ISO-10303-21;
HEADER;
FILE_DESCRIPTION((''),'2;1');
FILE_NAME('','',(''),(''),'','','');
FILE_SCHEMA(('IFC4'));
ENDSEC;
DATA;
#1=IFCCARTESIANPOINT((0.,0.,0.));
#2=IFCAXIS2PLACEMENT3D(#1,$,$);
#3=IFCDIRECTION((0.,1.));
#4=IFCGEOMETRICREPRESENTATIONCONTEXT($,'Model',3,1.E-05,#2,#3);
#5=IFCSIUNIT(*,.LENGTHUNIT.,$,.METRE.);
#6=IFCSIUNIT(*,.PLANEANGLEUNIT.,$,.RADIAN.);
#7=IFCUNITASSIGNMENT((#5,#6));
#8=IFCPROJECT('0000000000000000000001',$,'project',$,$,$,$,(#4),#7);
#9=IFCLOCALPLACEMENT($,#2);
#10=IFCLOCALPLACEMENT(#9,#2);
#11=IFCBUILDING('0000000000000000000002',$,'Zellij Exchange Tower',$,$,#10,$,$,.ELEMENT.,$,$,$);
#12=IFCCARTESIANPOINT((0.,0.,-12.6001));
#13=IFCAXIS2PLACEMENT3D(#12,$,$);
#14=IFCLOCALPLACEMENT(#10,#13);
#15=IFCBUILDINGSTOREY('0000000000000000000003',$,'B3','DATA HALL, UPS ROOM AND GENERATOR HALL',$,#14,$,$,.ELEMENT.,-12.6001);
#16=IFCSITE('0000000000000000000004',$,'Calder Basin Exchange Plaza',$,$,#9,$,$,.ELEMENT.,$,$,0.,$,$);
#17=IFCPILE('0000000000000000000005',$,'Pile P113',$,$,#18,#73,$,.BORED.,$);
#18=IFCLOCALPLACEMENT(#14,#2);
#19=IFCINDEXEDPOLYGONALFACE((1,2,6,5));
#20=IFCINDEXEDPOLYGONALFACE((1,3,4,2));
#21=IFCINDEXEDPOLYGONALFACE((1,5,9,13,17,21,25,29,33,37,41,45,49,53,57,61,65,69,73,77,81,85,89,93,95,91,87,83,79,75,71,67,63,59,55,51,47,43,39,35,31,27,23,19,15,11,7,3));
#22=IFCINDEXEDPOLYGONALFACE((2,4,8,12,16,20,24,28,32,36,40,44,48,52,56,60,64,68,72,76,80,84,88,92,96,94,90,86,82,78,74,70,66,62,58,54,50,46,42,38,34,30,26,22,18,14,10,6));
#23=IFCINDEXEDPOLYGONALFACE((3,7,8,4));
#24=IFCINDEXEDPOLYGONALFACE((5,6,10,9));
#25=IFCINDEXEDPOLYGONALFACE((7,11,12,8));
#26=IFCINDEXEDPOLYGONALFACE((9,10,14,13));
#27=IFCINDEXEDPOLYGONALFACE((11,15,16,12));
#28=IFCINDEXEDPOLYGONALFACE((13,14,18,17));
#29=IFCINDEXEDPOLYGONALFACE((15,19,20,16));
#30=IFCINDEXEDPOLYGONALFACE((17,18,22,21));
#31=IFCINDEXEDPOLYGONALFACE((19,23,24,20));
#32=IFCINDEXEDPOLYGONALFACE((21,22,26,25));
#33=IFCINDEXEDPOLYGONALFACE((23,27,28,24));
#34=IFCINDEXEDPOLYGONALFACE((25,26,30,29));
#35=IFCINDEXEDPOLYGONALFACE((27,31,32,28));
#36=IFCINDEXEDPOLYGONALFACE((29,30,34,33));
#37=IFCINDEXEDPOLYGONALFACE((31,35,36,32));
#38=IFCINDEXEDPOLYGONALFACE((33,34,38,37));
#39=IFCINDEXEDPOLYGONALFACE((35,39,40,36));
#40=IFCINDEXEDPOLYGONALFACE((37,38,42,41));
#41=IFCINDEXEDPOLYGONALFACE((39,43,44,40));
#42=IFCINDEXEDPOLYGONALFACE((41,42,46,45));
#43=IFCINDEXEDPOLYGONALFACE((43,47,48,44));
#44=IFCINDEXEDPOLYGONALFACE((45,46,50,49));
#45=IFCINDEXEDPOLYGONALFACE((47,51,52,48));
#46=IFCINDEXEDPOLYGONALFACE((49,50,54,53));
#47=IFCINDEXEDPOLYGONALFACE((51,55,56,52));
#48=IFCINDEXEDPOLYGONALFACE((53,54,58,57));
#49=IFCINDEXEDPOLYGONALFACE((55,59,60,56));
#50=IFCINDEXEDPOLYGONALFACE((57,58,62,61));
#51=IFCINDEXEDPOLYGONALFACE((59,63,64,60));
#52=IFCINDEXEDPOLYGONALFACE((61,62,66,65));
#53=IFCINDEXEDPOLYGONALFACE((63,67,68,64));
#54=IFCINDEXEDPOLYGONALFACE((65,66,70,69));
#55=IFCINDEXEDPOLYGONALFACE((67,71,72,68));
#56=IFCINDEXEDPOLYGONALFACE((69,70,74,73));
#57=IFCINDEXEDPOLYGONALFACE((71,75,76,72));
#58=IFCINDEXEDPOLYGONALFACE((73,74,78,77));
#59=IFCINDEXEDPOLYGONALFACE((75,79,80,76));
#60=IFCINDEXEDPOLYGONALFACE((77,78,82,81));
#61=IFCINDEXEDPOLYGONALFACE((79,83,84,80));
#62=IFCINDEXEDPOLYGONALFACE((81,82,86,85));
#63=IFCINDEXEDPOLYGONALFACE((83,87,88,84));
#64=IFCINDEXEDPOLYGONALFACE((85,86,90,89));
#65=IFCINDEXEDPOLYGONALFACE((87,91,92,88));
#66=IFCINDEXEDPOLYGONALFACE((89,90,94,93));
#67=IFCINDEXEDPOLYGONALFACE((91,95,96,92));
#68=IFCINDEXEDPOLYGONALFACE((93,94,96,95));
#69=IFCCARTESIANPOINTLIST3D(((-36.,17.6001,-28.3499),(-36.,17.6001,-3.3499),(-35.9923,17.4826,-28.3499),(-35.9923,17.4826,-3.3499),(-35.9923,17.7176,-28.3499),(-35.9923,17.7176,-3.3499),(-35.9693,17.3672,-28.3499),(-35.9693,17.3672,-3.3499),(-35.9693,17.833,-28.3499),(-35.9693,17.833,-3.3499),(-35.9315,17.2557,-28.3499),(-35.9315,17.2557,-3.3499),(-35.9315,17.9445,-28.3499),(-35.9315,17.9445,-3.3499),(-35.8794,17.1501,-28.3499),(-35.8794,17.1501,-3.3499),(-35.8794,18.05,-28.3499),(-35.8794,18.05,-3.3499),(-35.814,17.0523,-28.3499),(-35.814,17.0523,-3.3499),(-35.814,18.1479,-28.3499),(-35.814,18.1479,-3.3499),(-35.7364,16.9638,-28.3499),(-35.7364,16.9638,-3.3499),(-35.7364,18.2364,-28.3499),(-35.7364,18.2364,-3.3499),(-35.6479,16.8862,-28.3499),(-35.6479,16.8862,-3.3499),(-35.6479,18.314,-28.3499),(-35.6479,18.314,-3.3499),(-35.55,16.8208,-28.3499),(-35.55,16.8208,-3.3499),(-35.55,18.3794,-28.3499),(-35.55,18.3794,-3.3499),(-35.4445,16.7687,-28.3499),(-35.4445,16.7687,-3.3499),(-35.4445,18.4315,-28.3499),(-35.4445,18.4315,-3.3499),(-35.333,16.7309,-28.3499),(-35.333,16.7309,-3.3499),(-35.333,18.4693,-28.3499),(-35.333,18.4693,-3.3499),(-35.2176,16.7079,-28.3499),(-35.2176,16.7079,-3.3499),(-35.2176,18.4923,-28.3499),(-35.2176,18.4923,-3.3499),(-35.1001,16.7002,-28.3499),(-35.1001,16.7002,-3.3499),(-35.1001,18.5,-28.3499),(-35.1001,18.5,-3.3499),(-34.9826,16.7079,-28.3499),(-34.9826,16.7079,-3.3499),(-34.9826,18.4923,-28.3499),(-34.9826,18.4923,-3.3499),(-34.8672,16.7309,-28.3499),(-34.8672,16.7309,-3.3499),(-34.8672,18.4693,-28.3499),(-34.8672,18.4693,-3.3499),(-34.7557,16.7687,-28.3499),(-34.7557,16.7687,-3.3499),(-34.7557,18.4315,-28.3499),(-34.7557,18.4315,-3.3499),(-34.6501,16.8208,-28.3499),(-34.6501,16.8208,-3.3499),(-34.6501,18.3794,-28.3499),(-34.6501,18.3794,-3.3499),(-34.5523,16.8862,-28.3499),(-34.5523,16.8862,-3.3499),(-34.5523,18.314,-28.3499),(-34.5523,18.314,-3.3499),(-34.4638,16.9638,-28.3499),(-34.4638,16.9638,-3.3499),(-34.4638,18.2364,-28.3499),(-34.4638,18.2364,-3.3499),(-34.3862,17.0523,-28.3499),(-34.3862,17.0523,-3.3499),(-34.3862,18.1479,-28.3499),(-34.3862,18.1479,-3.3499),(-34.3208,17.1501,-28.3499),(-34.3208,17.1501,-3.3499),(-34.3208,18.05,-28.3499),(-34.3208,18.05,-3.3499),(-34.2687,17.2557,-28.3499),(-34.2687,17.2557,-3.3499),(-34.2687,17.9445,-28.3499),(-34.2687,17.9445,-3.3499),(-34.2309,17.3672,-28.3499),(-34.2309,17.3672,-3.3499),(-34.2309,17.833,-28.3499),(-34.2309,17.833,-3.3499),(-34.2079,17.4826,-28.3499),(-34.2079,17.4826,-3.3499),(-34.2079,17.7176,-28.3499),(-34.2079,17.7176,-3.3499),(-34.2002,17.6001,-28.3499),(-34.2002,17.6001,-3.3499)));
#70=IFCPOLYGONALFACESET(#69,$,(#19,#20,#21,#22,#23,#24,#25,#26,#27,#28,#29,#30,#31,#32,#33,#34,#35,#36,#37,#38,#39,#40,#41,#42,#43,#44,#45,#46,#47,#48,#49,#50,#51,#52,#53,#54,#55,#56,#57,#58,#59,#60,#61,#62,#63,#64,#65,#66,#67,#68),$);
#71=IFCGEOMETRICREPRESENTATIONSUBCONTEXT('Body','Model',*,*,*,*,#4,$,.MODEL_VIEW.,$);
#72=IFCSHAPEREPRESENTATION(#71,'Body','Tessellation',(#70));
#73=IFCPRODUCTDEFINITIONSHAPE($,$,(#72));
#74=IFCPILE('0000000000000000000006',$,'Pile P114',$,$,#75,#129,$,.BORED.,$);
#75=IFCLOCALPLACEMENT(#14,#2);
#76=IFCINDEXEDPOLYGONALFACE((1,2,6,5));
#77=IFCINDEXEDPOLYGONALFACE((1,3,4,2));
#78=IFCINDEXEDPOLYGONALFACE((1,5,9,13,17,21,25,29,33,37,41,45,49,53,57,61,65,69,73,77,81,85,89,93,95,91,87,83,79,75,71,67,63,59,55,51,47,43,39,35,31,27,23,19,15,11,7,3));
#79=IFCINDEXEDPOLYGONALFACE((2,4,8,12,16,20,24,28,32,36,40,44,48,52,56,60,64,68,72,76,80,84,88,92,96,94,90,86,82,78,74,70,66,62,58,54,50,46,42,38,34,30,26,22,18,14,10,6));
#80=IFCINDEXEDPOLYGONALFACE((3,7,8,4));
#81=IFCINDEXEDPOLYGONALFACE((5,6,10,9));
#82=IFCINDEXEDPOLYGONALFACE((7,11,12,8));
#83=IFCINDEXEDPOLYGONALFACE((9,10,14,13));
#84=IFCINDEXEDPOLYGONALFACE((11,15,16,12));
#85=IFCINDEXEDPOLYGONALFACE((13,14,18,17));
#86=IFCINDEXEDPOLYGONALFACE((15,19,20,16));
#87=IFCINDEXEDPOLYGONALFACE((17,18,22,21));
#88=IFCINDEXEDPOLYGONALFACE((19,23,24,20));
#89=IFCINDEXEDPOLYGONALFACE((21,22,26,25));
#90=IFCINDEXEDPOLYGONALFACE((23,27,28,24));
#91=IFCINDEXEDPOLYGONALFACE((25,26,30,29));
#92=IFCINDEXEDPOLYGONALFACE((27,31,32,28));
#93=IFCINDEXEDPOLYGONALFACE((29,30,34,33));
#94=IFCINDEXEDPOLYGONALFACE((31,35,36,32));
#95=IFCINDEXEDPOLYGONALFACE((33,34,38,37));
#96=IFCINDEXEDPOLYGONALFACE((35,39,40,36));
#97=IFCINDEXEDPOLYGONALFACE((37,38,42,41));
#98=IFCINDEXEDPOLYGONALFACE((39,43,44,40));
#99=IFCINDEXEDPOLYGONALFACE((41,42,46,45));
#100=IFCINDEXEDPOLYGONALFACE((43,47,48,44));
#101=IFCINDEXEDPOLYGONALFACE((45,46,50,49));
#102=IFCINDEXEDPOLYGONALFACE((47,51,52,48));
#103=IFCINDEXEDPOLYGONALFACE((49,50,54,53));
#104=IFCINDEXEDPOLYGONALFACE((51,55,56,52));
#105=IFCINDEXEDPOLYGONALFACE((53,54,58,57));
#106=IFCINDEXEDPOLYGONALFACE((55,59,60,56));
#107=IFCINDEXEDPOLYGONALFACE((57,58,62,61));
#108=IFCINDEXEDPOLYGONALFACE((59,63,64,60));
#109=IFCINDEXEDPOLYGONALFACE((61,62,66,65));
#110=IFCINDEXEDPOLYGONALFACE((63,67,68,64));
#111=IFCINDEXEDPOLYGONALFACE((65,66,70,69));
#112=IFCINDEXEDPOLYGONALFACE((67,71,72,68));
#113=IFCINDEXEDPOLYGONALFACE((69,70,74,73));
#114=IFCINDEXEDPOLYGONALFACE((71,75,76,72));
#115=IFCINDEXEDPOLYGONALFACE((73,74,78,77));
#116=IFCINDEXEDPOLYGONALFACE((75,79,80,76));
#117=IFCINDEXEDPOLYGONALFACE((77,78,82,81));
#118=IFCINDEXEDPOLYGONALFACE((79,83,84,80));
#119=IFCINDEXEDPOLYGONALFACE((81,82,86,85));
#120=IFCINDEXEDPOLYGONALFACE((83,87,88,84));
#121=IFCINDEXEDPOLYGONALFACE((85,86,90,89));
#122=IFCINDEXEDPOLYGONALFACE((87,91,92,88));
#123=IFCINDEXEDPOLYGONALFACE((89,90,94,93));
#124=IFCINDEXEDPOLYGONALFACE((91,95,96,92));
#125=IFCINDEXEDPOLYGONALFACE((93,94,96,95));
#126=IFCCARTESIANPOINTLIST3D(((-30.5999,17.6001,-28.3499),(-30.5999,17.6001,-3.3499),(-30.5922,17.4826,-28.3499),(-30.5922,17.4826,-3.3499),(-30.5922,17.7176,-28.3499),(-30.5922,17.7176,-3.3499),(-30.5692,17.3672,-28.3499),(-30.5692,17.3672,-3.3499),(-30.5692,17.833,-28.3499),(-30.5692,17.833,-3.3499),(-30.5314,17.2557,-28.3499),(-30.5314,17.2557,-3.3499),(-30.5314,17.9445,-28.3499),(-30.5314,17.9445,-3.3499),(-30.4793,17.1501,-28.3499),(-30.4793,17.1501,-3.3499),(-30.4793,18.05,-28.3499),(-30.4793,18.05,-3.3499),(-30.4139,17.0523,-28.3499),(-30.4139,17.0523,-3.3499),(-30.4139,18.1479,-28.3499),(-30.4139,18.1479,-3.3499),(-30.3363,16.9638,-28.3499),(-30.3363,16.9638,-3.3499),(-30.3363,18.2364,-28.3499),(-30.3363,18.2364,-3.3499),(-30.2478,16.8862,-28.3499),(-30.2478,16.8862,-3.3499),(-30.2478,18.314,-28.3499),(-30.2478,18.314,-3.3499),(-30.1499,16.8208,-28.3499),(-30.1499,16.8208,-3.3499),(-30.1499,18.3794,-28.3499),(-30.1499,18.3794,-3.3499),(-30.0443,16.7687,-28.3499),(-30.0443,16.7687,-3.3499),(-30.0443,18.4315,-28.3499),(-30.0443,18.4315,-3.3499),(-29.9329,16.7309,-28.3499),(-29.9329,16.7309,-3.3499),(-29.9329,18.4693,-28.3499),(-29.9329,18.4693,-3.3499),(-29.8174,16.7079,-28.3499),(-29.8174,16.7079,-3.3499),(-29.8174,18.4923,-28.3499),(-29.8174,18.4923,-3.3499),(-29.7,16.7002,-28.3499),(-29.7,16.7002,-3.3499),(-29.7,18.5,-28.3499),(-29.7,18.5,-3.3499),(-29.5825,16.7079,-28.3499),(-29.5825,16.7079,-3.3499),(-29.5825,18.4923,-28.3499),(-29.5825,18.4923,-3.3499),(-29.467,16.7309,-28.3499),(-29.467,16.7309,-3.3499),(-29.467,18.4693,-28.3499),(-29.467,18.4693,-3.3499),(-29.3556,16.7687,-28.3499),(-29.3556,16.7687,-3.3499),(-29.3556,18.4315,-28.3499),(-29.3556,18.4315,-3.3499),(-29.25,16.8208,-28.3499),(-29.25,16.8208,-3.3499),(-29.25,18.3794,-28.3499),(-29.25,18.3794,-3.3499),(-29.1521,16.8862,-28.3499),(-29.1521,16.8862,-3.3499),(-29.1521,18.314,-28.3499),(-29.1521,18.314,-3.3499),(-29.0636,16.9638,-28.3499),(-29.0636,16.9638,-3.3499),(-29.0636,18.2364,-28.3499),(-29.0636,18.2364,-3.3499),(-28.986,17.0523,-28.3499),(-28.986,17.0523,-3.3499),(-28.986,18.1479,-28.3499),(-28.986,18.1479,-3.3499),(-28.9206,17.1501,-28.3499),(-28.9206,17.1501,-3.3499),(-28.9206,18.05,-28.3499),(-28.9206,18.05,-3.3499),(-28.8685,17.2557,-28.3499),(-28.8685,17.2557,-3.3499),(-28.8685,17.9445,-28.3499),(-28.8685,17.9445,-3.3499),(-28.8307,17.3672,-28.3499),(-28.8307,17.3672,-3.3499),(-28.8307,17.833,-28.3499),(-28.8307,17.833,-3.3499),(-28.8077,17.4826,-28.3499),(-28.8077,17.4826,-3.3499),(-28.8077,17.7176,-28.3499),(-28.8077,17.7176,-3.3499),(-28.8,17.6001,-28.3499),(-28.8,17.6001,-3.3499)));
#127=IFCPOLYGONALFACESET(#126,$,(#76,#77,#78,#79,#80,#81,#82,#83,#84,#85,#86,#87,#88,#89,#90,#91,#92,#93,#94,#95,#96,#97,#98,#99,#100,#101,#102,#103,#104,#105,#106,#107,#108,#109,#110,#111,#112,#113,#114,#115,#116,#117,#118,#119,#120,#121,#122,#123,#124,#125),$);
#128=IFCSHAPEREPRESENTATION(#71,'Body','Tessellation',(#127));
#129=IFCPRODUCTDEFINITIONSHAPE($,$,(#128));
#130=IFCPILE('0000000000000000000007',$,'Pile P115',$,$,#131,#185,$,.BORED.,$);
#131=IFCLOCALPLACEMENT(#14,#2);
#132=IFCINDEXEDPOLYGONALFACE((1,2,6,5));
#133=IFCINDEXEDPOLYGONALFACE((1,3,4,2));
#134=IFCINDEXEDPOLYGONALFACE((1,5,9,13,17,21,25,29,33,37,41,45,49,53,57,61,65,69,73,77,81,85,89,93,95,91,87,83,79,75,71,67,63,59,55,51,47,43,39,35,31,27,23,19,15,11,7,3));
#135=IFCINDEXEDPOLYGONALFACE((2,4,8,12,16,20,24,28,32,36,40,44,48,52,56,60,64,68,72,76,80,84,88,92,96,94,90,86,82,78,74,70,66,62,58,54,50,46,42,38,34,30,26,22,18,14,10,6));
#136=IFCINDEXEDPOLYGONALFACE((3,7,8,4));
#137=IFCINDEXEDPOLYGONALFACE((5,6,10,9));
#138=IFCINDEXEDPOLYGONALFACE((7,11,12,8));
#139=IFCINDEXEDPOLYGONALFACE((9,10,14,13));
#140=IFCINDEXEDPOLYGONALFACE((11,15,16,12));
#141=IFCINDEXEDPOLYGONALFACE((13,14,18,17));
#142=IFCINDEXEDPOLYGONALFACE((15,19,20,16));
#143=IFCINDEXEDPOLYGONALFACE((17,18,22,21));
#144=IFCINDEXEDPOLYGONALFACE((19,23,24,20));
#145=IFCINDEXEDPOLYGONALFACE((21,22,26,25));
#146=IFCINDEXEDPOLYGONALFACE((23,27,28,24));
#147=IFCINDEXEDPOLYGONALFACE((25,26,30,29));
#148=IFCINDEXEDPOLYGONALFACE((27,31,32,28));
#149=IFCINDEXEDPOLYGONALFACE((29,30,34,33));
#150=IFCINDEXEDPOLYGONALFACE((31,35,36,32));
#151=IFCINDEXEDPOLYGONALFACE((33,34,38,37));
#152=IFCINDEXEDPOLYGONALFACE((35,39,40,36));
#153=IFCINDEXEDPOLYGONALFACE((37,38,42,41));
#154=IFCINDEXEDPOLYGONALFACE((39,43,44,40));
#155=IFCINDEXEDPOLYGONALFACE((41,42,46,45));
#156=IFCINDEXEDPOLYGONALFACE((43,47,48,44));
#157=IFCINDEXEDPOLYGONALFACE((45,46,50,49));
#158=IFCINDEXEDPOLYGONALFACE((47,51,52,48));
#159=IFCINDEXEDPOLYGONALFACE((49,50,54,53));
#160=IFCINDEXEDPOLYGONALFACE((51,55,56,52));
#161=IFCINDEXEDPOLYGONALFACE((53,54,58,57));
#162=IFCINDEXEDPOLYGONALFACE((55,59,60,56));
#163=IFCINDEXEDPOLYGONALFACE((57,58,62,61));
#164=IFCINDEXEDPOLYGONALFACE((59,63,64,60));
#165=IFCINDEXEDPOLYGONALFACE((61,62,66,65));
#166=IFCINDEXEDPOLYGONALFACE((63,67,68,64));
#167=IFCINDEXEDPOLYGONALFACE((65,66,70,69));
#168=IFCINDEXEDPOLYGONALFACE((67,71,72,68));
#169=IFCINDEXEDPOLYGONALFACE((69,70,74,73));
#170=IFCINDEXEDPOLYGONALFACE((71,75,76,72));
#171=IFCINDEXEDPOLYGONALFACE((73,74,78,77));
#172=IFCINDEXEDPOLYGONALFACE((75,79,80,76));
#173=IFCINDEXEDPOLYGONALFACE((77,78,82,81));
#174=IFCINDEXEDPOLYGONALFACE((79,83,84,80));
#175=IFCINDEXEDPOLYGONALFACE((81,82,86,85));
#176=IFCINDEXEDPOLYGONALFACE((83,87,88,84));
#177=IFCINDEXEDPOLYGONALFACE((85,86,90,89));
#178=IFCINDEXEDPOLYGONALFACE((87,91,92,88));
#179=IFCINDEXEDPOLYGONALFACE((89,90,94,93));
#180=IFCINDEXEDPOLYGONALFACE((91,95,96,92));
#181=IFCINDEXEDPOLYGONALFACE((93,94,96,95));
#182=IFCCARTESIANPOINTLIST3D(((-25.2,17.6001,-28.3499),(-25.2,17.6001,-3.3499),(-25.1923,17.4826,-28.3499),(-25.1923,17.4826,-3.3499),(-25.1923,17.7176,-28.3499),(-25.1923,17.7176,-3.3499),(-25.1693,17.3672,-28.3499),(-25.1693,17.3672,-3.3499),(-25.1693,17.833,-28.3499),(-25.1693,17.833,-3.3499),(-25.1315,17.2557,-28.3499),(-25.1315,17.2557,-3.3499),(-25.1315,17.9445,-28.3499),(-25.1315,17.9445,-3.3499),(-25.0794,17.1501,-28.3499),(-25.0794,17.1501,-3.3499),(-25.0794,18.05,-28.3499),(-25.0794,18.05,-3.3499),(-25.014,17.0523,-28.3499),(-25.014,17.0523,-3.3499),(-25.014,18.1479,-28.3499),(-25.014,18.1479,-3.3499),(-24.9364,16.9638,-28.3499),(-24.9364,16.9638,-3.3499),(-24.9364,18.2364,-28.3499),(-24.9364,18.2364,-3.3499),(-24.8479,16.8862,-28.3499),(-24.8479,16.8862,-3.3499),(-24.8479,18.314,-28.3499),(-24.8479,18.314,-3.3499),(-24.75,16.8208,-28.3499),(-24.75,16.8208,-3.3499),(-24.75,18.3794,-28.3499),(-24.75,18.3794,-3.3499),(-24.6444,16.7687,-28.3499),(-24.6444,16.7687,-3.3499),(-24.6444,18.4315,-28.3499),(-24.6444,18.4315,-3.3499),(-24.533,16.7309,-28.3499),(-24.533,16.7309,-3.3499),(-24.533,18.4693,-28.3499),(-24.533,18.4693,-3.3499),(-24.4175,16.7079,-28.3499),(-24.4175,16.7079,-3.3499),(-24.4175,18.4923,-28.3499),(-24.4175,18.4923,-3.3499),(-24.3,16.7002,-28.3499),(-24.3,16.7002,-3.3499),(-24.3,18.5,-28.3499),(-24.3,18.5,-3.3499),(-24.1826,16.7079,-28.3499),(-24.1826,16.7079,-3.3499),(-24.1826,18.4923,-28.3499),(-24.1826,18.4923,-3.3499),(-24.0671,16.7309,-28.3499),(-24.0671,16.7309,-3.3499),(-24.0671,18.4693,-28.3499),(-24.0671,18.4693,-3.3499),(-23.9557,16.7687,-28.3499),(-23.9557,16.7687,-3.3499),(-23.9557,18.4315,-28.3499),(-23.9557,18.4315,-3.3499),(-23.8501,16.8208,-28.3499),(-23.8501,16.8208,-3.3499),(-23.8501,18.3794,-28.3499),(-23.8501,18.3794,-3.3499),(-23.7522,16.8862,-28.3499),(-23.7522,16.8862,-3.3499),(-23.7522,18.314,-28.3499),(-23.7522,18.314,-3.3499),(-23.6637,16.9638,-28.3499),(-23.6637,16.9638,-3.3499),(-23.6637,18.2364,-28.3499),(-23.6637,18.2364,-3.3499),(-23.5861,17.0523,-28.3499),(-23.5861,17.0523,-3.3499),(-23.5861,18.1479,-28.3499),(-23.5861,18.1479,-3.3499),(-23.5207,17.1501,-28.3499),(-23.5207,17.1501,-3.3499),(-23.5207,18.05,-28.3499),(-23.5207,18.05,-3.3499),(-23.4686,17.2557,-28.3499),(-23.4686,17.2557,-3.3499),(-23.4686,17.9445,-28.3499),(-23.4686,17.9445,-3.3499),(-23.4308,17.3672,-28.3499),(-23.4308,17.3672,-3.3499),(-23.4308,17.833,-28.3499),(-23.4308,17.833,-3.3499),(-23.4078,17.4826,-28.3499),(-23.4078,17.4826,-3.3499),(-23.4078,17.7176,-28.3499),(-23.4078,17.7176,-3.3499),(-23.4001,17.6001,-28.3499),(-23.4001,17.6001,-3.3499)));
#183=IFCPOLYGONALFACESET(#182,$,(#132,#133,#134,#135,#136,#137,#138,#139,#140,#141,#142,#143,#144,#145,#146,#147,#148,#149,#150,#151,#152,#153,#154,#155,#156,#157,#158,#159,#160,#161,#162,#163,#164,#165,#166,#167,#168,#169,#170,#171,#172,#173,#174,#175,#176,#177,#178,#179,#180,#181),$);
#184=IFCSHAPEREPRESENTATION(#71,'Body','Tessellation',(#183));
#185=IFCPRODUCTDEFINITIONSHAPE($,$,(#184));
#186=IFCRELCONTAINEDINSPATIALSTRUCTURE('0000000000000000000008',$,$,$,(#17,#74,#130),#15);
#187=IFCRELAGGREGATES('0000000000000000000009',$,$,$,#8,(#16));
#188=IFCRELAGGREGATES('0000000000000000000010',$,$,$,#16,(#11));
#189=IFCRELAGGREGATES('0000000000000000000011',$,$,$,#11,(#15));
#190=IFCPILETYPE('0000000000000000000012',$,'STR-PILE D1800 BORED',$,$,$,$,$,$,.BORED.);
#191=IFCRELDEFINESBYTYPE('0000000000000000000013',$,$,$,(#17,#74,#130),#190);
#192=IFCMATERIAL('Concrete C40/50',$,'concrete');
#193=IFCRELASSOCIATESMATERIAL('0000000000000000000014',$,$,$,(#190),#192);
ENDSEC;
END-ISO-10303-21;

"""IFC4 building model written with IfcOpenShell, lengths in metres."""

from ifc_helpers import new_model, si_unit, direction, frame, origin, origin_2d, place, context, subcontext, project, spatial, circle, extrude, material, material_profile, profile_set, type_object, element, save


model = new_model("IFC4")

# Units and contexts
model_context = context("Model", 3, precision=1e-05, world=origin(), true_north=direction((0.0, 1.0)))
body_context = subcontext(model_context, "Body", "Model", "MODEL_VIEW")
ifc_project = project(units=[si_unit("LENGTHUNIT", "METRE"), si_unit("PLANEANGLEUNIT", "RADIAN")], contexts=[model_context])

# Site, building, storey
site_placement = place(None, origin())
site = spatial("IfcSite", under=ifc_project, at=site_placement, Name="Calder Basin Exchange Plaza", CompositionType="ELEMENT", RefElevation=0.0)
building_placement = place(site_placement, origin())
building = spatial("IfcBuilding", under=site, at=building_placement, Name="Zellij Exchange Tower", CompositionType="ELEMENT")
storey_placement = place(building_placement, frame((0.0, 0.0, -12.6001)))
storey = spatial("IfcBuildingStorey", under=building, at=storey_placement, Name="B3", Description="DATA HALL, UPS ROOM AND GENERATOR HALL", CompositionType="ELEMENT", Elevation=-12.6001)

# Piles
ifc_material_1 = material(Name="Concrete C40/50", Category="concrete")
ifc_material_profile_1 = material_profile(ifc_material_1, circle(Radius=0.8999, at=origin_2d()), Name="STR-PILE D1800 BORED")
ifc_profile_set_1 = profile_set([ifc_material_profile_1], Name="Concrete C40/50")
pile_type = type_object("IfcPileType", Name="STR-PILE D1800 BORED", PredefinedType="BORED", material=ifc_profile_set_1)
for number, where, z_axis, x_axis, name in (
    (1, (-35.1001, 17.6001, -3.3499), (0.0, 0.0, -1.0), (1.0, 0.0, 0.0), "Pile P113"),
    (2, (-29.7, 17.6001, -3.3499), (0.0, 0.0, -1.0), (1.0, 0.0, 0.0), "Pile P114"),
    (3, (-24.3, 17.6001, -3.3499), (0.0, 0.0, -1.0), (1.0, 0.0, 0.0), "Pile P115"),
):
    element("IfcPile", number, at=place(storey_placement, frame(where, z_axis=z_axis, x_axis=x_axis)), inside=storey, type_object=pile_type, Name=name, PredefinedType="BORED", context=body_context, shape_type="SweptSolid", body=[
        extrude(circle(Radius=0.8999, at=origin_2d()), origin(), (0.0, 0.0, 1.0), 25.0),
    ])

save(model, "model.ifc")
